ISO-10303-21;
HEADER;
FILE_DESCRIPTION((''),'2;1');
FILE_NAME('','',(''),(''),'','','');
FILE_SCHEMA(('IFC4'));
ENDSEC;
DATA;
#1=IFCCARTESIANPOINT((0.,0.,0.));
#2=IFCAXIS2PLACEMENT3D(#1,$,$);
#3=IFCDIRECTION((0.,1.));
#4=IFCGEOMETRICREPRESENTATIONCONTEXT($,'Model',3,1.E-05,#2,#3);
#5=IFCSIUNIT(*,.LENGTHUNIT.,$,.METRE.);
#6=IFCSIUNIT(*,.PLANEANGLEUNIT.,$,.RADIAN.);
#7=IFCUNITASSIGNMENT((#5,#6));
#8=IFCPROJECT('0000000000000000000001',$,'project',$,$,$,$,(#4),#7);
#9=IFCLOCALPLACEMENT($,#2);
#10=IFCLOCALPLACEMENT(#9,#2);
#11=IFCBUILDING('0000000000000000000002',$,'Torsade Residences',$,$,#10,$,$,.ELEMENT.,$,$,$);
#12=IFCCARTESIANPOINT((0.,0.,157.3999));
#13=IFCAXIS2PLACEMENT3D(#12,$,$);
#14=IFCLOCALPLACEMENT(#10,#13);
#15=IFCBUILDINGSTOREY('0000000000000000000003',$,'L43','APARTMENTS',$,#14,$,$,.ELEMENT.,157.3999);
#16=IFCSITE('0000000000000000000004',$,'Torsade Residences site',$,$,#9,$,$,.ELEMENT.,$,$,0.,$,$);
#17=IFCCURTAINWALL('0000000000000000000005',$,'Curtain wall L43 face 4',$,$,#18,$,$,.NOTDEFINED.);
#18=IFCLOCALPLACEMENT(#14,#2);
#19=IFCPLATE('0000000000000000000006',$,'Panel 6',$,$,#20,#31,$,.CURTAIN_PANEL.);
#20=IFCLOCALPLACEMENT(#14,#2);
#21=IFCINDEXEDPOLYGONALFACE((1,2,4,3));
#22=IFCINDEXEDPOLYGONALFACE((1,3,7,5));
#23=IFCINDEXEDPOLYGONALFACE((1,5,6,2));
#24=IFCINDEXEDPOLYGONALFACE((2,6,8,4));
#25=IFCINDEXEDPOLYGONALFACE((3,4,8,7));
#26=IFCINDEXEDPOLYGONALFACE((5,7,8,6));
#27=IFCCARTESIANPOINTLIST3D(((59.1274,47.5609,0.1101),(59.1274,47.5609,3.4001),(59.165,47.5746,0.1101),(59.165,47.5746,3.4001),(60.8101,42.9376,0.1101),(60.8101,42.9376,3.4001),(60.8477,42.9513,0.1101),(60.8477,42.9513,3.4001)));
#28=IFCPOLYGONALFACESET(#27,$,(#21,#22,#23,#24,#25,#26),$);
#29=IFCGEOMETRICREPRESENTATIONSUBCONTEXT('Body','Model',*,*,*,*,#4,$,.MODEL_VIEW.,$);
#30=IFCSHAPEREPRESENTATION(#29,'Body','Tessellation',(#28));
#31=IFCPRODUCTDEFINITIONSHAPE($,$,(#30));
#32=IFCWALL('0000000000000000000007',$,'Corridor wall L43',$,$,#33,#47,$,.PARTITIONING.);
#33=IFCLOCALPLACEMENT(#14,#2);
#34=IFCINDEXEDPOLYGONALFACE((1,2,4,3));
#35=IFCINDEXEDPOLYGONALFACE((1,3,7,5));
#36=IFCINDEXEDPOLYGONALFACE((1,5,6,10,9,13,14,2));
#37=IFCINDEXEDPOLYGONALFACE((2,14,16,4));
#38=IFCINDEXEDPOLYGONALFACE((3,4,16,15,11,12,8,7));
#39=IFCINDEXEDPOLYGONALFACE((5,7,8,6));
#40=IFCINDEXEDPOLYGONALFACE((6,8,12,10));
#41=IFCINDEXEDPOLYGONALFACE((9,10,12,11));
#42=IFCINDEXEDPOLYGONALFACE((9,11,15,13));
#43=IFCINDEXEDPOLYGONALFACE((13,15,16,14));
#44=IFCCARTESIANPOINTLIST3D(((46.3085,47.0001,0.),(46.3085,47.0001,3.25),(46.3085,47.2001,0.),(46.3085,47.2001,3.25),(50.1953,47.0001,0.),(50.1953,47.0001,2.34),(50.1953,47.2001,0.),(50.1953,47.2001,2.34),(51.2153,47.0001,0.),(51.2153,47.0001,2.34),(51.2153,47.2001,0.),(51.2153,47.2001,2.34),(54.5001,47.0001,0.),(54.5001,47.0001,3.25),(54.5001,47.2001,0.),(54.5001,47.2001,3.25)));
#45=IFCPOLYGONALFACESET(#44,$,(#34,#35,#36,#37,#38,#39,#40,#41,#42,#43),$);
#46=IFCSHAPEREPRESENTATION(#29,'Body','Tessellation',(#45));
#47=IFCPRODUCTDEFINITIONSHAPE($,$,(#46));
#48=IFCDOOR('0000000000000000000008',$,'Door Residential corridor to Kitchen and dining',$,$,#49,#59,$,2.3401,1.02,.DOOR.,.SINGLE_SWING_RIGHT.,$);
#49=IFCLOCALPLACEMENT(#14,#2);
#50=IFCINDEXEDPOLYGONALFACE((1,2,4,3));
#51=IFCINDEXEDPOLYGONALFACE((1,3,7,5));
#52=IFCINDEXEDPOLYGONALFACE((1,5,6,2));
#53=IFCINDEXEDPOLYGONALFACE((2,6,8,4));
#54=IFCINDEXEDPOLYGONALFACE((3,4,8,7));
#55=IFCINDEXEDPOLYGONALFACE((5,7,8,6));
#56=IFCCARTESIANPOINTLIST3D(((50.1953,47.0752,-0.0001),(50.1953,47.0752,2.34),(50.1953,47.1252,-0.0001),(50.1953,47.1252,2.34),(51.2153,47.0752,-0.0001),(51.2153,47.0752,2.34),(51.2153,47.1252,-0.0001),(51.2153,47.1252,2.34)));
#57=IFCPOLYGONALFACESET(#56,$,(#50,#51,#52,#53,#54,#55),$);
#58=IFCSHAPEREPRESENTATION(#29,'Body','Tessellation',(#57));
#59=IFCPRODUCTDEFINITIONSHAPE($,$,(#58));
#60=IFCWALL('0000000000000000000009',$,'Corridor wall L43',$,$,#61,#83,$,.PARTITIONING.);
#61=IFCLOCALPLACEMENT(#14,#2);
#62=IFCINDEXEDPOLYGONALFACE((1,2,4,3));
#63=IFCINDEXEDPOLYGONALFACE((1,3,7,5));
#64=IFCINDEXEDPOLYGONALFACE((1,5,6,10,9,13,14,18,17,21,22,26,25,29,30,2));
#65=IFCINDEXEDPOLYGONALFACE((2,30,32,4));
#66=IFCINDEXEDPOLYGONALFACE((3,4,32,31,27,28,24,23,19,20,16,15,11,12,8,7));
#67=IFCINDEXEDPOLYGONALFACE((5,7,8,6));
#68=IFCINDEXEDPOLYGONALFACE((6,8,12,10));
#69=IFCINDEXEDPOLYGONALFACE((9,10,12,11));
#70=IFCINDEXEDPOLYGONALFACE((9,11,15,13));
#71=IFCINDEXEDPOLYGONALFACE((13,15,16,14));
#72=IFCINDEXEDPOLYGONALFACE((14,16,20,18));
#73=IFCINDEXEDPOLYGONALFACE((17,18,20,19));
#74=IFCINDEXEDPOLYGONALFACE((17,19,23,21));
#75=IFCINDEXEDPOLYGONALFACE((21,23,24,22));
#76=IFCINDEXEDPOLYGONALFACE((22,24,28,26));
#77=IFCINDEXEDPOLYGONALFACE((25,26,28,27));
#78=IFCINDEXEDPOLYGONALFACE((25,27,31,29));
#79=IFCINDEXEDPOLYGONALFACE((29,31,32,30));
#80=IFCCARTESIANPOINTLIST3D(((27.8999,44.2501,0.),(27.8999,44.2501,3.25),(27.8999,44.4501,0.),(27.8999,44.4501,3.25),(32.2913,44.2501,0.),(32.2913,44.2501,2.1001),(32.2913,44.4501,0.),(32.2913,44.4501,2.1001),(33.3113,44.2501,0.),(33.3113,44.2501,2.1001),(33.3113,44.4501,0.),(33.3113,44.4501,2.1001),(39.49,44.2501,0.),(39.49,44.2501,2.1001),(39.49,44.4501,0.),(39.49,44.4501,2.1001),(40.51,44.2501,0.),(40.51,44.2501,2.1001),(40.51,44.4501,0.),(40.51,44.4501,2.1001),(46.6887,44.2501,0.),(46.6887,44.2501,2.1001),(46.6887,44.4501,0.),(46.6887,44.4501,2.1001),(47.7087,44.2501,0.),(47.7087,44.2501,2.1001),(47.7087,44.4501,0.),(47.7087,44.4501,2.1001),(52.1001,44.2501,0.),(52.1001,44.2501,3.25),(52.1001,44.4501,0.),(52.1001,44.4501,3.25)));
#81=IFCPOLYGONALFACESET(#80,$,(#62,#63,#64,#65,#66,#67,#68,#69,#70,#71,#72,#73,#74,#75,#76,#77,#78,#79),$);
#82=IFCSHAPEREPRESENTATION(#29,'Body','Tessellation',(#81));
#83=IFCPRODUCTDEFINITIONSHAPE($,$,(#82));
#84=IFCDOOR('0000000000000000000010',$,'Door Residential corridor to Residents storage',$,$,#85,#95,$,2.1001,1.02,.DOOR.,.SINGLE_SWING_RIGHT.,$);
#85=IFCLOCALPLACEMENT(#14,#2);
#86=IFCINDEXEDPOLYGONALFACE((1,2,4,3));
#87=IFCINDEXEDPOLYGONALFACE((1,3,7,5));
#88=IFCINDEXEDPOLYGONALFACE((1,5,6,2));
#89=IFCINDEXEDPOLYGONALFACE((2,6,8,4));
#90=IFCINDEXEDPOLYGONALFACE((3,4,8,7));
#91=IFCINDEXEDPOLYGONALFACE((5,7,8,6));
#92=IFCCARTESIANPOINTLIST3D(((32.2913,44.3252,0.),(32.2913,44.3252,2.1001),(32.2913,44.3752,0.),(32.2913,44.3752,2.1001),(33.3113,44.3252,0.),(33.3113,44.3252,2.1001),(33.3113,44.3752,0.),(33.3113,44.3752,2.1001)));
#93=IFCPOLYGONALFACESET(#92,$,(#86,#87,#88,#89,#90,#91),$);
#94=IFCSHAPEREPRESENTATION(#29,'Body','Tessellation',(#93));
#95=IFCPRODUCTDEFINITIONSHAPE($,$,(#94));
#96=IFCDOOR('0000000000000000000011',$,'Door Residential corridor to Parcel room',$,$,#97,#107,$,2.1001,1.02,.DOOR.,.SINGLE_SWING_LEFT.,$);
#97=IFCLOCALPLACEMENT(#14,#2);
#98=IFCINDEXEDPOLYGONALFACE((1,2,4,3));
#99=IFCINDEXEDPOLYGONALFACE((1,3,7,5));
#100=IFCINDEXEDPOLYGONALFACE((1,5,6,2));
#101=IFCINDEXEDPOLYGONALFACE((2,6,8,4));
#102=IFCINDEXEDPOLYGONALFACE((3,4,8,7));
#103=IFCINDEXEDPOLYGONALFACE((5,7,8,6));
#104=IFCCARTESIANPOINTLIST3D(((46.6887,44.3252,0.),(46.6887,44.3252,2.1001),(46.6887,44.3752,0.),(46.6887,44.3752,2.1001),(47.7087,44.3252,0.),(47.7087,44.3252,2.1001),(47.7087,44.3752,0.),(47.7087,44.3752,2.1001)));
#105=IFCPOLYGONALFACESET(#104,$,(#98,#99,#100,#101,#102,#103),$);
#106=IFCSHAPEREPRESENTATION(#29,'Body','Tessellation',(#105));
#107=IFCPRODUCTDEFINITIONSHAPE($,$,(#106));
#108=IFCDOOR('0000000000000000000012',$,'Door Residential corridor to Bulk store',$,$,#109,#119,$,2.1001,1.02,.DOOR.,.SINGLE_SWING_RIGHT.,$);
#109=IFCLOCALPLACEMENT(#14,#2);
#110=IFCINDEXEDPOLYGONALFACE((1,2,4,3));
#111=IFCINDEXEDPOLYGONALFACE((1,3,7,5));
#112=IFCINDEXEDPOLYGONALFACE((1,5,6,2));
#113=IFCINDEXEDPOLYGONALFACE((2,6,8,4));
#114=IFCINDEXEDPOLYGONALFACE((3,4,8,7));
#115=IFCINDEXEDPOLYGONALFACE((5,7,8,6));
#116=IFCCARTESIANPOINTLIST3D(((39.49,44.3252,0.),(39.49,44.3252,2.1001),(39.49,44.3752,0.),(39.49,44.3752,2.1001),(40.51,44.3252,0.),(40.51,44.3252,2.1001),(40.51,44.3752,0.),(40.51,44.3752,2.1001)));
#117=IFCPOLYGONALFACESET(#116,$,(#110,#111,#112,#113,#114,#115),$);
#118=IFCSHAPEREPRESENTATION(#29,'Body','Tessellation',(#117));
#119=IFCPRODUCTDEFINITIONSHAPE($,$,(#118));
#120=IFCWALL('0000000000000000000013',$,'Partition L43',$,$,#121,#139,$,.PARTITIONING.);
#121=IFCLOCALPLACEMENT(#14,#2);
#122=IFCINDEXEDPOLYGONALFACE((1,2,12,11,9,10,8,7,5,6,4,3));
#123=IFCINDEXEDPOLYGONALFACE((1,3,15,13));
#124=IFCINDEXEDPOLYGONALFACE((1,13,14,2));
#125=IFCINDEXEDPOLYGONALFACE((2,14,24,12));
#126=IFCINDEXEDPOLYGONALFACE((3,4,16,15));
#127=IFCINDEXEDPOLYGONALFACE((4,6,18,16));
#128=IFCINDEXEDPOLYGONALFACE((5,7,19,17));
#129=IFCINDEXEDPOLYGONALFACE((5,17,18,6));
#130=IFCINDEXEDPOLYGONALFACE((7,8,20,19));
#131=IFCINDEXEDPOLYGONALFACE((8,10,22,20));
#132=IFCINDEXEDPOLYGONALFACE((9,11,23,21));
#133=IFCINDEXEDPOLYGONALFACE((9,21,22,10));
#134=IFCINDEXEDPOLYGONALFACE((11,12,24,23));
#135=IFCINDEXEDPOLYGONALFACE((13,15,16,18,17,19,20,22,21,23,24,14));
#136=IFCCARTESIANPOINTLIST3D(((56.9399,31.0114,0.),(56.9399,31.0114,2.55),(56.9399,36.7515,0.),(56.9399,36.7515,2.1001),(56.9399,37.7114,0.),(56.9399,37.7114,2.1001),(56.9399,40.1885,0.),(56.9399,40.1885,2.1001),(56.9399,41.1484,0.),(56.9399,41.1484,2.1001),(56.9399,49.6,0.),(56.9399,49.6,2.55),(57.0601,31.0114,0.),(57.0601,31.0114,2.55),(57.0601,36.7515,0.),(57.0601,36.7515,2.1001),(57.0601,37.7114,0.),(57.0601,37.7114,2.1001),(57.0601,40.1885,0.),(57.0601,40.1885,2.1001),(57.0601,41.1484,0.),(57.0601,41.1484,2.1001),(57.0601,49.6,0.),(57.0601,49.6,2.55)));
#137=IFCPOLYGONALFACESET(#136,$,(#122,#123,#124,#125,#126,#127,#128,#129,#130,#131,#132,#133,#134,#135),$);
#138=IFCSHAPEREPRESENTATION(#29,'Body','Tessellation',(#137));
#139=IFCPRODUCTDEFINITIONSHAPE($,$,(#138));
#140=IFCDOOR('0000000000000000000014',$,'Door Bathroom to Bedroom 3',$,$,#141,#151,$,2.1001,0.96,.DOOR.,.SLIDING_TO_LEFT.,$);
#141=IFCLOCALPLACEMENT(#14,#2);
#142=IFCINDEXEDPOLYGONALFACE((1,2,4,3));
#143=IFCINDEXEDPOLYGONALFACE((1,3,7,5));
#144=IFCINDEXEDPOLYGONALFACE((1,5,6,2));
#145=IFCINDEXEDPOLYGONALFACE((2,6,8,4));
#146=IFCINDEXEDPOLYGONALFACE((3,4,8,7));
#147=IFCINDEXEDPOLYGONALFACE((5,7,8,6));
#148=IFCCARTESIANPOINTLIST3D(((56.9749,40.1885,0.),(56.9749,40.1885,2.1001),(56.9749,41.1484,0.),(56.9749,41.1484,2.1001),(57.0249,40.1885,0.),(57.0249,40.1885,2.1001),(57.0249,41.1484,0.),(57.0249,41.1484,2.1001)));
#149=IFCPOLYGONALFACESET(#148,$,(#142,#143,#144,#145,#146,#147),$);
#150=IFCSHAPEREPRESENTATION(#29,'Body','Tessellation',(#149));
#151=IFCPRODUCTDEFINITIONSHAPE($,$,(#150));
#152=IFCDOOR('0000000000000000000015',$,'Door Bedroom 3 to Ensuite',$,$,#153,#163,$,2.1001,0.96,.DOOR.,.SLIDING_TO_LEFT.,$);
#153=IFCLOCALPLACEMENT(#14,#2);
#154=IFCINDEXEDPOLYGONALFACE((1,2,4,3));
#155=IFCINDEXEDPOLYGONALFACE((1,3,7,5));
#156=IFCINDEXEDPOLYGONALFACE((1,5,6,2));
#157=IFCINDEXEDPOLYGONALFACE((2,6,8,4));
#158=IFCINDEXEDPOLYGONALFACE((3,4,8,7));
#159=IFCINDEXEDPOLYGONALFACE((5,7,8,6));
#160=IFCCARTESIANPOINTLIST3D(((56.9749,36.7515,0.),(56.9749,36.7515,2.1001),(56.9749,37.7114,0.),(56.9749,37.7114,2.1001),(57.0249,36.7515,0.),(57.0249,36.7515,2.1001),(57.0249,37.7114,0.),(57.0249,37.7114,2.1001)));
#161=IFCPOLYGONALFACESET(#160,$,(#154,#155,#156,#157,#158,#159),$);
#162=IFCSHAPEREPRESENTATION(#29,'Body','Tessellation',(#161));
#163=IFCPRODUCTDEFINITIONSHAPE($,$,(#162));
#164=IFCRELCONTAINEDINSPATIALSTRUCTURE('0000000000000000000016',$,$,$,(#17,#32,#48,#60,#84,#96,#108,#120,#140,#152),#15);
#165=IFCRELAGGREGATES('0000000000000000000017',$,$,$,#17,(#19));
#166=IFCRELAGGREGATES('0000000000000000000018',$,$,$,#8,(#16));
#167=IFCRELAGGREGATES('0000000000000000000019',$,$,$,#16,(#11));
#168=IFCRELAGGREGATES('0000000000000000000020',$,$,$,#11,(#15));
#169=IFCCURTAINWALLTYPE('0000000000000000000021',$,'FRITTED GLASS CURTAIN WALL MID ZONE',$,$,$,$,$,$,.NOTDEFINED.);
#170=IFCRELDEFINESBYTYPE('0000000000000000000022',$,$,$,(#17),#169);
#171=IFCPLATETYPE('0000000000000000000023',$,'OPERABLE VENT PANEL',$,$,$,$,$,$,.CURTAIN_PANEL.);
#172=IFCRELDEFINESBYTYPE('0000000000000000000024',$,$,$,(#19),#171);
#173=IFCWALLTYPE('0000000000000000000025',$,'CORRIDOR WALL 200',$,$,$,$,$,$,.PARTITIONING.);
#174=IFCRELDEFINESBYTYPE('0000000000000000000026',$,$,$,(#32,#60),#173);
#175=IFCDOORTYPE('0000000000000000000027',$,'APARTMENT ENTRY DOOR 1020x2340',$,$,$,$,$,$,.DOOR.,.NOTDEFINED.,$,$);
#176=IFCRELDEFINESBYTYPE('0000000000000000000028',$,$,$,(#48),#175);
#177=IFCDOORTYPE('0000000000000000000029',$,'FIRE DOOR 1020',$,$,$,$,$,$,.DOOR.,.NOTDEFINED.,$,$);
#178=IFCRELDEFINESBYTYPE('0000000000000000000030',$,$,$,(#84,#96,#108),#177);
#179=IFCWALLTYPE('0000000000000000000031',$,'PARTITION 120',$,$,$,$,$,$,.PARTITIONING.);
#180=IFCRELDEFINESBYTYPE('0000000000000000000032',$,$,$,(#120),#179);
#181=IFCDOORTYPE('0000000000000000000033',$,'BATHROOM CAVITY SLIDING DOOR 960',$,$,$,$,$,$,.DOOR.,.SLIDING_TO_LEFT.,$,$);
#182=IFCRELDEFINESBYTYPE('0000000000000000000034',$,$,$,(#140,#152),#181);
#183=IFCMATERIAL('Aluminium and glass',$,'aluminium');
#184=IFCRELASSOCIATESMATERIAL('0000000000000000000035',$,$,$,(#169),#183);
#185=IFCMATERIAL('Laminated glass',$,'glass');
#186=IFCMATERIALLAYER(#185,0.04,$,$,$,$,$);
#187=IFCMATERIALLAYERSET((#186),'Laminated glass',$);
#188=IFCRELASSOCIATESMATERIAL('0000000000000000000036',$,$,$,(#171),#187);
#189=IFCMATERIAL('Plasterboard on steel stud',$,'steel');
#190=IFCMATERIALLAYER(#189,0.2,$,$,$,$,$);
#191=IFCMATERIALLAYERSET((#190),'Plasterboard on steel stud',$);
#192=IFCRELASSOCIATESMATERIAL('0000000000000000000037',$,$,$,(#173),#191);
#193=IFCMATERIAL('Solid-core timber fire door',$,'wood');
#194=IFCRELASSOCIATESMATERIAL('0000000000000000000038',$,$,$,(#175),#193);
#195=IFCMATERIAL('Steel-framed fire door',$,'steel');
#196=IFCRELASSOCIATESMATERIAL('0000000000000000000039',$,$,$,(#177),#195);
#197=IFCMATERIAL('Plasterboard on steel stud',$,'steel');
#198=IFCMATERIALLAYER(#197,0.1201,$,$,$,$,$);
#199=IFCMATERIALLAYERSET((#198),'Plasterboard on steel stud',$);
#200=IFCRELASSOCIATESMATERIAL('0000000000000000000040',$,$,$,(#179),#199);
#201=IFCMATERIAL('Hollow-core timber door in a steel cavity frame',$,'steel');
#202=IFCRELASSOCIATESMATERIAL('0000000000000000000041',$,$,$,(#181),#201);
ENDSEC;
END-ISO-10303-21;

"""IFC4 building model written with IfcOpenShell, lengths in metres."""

from ifc_helpers import new_model, si_unit, direction, frame, frame_2d, origin, origin_2d, place, context, subcontext, project, spatial, rectangle, extrude, material, layer, layer_set, type_object, element, fill, aggregate, save


model = new_model("IFC4")

# Units and contexts
model_context = context("Model", 3, precision=1e-05, world=origin(), true_north=direction((0.0, 1.0)))
body_context = subcontext(model_context, "Body", "Model", "MODEL_VIEW")
ifc_project = project(units=[si_unit("LENGTHUNIT", "METRE"), si_unit("PLANEANGLEUNIT", "RADIAN")], contexts=[model_context])

# Site, building, storey
site_placement = place(None, origin())
site = spatial("IfcSite", under=ifc_project, at=site_placement, Name="Torsade Residences site", CompositionType="ELEMENT", RefElevation=0.0)
building_placement = place(site_placement, origin())
building = spatial("IfcBuilding", under=site, at=building_placement, Name="Torsade Residences", CompositionType="ELEMENT")
storey_placement = place(building_placement, frame((0.0, 0.0, 157.3999)))
storey = spatial("IfcBuildingStorey", under=building, at=storey_placement, Name="L43", Description="APARTMENTS", CompositionType="ELEMENT", Elevation=157.3999)

# Curtain wall
ifc_material_1 = material(Name="Aluminium and glass", Category="aluminium")
curtain_wall_type = type_object("IfcCurtainWallType", Name="FRITTED GLASS CURTAIN WALL MID ZONE", PredefinedType="NOTDEFINED", material=ifc_material_1)
curtain_wall_placement = place(storey_placement, origin())
curtain_wall = element("IfcCurtainWall", 1, at=curtain_wall_placement, inside=storey, type_object=curtain_wall_type, Name="Curtain wall L43 face 4", PredefinedType="NOTDEFINED")

# Plate
ifc_material_2 = material(Name="Laminated glass", Category="glass")
ifc_layer_1 = layer(ifc_material_2, 0.04)
ifc_layer_set_1 = layer_set([ifc_layer_1], Name="Laminated glass")
plate_type_1 = type_object("IfcPlateType", Name="OPERABLE VENT PANEL", PredefinedType="CURTAIN_PANEL", material=ifc_layer_set_1)
plate_1_placement = place(storey_placement, frame((59.9875, 45.2561, 0.1101), z_axis=(0.0, 0.0, 1.0), x_axis=(-0.34202, 0.939693, 0.0)))
plate_1 = element("IfcPlate", 2, at=plate_1_placement, type_object=plate_type_1, Name="Panel 6", PredefinedType="CURTAIN_PANEL", context=body_context, shape_type="SweptSolid", body=[
    extrude(rectangle(XDim=4.9199, YDim=0.04, at=origin_2d()), origin(), (0.0, 0.0, 1.0), 3.29),
])
aggregate(curtain_wall, [plate_1])

# Wall, opening, door
ifc_material_3 = material(Name="Plasterboard on steel stud", Category="steel")
ifc_layer_2 = layer(ifc_material_3, 0.2)
ifc_layer_set_2 = layer_set([ifc_layer_2], Name="Plasterboard on steel stud")
wall_type_1 = type_object("IfcWallType", Name="CORRIDOR WALL 200", PredefinedType="PARTITIONING", material=ifc_layer_set_2)
wall_1_placement = place(storey_placement, frame((54.5, 47.1001, 0.0), z_axis=(0.0, 0.0, 1.0), x_axis=(-1.0, 0.0, 0.0)))
wall_1 = element("IfcWall", 3, at=wall_1_placement, inside=storey, type_object=wall_type_1, Name="Corridor wall L43", PredefinedType="PARTITIONING", context=body_context, shape_type="SweptSolid", body=[
    extrude(rectangle(XDim=8.1917, YDim=0.2, at=frame_2d((4.0957, 0.0))), origin(), (0.0, 0.0, 1.0), 3.25),
])
opening_1_placement = place(wall_1_placement, frame((3.2847, 0.0, 0.0)))
opening_1 = element("IfcOpeningElement", 4, at=opening_1_placement, cuts=wall_1, PredefinedType="OPENING", context=body_context, shape_type="SweptSolid", body=[
    extrude(rectangle(XDim=1.02, YDim=2.3401, at=frame_2d((0.51, 1.1699))), frame((0.0, 0.1099, 0.0), z_axis=(0.0, -1.0, 0.0), x_axis=(1.0, 0.0, 0.0)), (0.0, 0.0, 1.0), 0.22),
])
ifc_material_4 = material(Name="Solid-core timber fire door", Category="wood")
door_type_1 = type_object("IfcDoorType", Name="APARTMENT ENTRY DOOR 1020x2340", OperationType="NOTDEFINED", PredefinedType="DOOR", material=ifc_material_4)
door_1_placement = place(opening_1_placement, origin())
door_1 = element("IfcDoor", 5, at=door_1_placement, inside=storey, type_object=door_type_1, Name="Door Residential corridor to Kitchen and dining", OperationType="SINGLE_SWING_RIGHT", OverallHeight=2.3401, OverallWidth=1.02, PredefinedType="DOOR", context=body_context, shape_type="SweptSolid", body=[
    extrude(rectangle(XDim=1.02, YDim=2.3401, at=frame_2d((0.51, 1.1699))), frame((0.0, 0.0249, 0.0), z_axis=(0.0, -1.0, 0.0), x_axis=(1.0, 0.0, 0.0)), (0.0, 0.0, 1.0), 0.05),
])
fill(opening_1, door_1)

# Walls, openings, doors
wall_2_placement = place(storey_placement, frame((52.1001, 44.3501, 0.0), z_axis=(0.0, 0.0, 1.0), x_axis=(-1.0, 0.0, 0.0)))
wall_2 = element("IfcWall", 6, at=wall_2_placement, inside=storey, type_object=wall_type_1, Name="Corridor wall L43", PredefinedType="PARTITIONING", context=body_context, shape_type="SweptSolid", body=[
    extrude(rectangle(XDim=24.2002, YDim=0.2, at=frame_2d((12.1001, 0.0))), origin(), (0.0, 0.0, 1.0), 3.25),
])
opening_2_placement = place(wall_2_placement, frame((18.7888, 0.0, 0.0)))
opening_2 = element("IfcOpeningElement", 7, at=opening_2_placement, cuts=wall_2, PredefinedType="OPENING", context=body_context, shape_type="SweptSolid", body=[
    extrude(rectangle(XDim=1.02, YDim=2.1001, at=frame_2d((0.51, 1.05))), frame((0.0, 0.1099, 0.0), z_axis=(0.0, -1.0, 0.0), x_axis=(1.0, 0.0, 0.0)), (0.0, 0.0, 1.0), 0.22),
])
opening_3_placement = place(wall_2_placement, frame((4.3914, 0.0, 0.0)))
opening_3 = element("IfcOpeningElement", 8, at=opening_3_placement, cuts=wall_2, PredefinedType="OPENING", context=body_context, shape_type="SweptSolid", body=[
    extrude(rectangle(XDim=1.02, YDim=2.1001, at=frame_2d((0.51, 1.05))), frame((0.0, 0.1099, 0.0), z_axis=(0.0, -1.0, 0.0), x_axis=(1.0, 0.0, 0.0)), (0.0, 0.0, 1.0), 0.22),
])
opening_4_placement = place(wall_2_placement, frame((11.5901, 0.0, 0.0)))
opening_4 = element("IfcOpeningElement", 9, at=opening_4_placement, cuts=wall_2, PredefinedType="OPENING", context=body_context, shape_type="SweptSolid", body=[
    extrude(rectangle(XDim=1.02, YDim=2.1001, at=frame_2d((0.51, 1.05))), frame((0.0, 0.1099, 0.0), z_axis=(0.0, -1.0, 0.0), x_axis=(1.0, 0.0, 0.0)), (0.0, 0.0, 1.0), 0.22),
])
ifc_material_5 = material(Name="Steel-framed fire door", Category="steel")
door_type_2 = type_object("IfcDoorType", Name="FIRE DOOR 1020", OperationType="NOTDEFINED", PredefinedType="DOOR", material=ifc_material_5)
door_2_placement = place(opening_2_placement, origin())
door_2 = element("IfcDoor", 10, at=door_2_placement, inside=storey, type_object=door_type_2, Name="Door Residential corridor to Residents storage", OperationType="SINGLE_SWING_RIGHT", OverallHeight=2.1001, OverallWidth=1.02, PredefinedType="DOOR", context=body_context, shape_type="SweptSolid", body=[
    extrude(rectangle(XDim=1.02, YDim=2.1001, at=frame_2d((0.51, 1.05))), frame((0.0, 0.0249, 0.0), z_axis=(0.0, -1.0, 0.0), x_axis=(1.0, 0.0, 0.0)), (0.0, 0.0, 1.0), 0.05),
])
fill(opening_2, door_2)
door_3_placement = place(opening_3_placement, origin())
door_3 = element("IfcDoor", 11, at=door_3_placement, inside=storey, type_object=door_type_2, Name="Door Residential corridor to Parcel room", OperationType="SINGLE_SWING_LEFT", OverallHeight=2.1001, OverallWidth=1.02, PredefinedType="DOOR", context=body_context, shape_type="SweptSolid", body=[
    extrude(rectangle(XDim=1.02, YDim=2.1001, at=frame_2d((0.51, 1.05))), frame((0.0, 0.0249, 0.0), z_axis=(0.0, -1.0, 0.0), x_axis=(1.0, 0.0, 0.0)), (0.0, 0.0, 1.0), 0.05),
])
fill(opening_3, door_3)
door_4_placement = place(opening_4_placement, origin())
door_4 = element("IfcDoor", 12, at=door_4_placement, inside=storey, type_object=door_type_2, Name="Door Residential corridor to Bulk store", OperationType="SINGLE_SWING_RIGHT", OverallHeight=2.1001, OverallWidth=1.02, PredefinedType="DOOR", context=body_context, shape_type="SweptSolid", body=[
    extrude(rectangle(XDim=1.02, YDim=2.1001, at=frame_2d((0.51, 1.05))), frame((0.0, 0.0249, 0.0), z_axis=(0.0, -1.0, 0.0), x_axis=(1.0, 0.0, 0.0)), (0.0, 0.0, 1.0), 0.05),
])
fill(opening_4, door_4)
ifc_material_6 = material(Name="Plasterboard on steel stud", Category="steel")
ifc_layer_3 = layer(ifc_material_6, 0.1201)
ifc_layer_set_3 = layer_set([ifc_layer_3], Name="Plasterboard on steel stud")
wall_type_2 = type_object("IfcWallType", Name="PARTITION 120", PredefinedType="PARTITIONING", material=ifc_layer_set_3)
wall_3_placement = place(storey_placement, frame((57.0, 49.6001, 0.0), z_axis=(0.0, 0.0, 1.0), x_axis=(0.0, -1.0, 0.0)))
wall_3 = element("IfcWall", 13, at=wall_3_placement, inside=storey, type_object=wall_type_2, Name="Partition L43", PredefinedType="PARTITIONING", context=body_context, shape_type="SweptSolid", body=[
    extrude(rectangle(XDim=18.5886, YDim=0.1201, at=frame_2d((9.2944, 0.0))), origin(), (0.0, 0.0, 1.0), 2.55),
])
opening_5_placement = place(wall_3_placement, frame((8.4517, 0.0, 0.0)))
opening_5 = element("IfcOpeningElement", 14, at=opening_5_placement, cuts=wall_3, PredefinedType="OPENING", context=body_context, shape_type="SweptSolid", body=[
    extrude(rectangle(XDim=0.96, YDim=2.1001, at=frame_2d((0.48, 1.05))), frame((0.0, 0.0701, 0.0), z_axis=(0.0, -1.0, 0.0), x_axis=(1.0, 0.0, 0.0)), (0.0, 0.0, 1.0), 0.1401),
])
opening_6_placement = place(wall_3_placement, frame((11.8887, 0.0, 0.0)))
opening_6 = element("IfcOpeningElement", 15, at=opening_6_placement, cuts=wall_3, PredefinedType="OPENING", context=body_context, shape_type="SweptSolid", body=[
    extrude(rectangle(XDim=0.96, YDim=2.1001, at=frame_2d((0.48, 1.05))), frame((0.0, 0.0701, 0.0), z_axis=(0.0, -1.0, 0.0), x_axis=(1.0, 0.0, 0.0)), (0.0, 0.0, 1.0), 0.1401),
])
ifc_material_7 = material(Name="Hollow-core timber door in a steel cavity frame", Category="steel")
door_type_3 = type_object("IfcDoorType", Name="BATHROOM CAVITY SLIDING DOOR 960", OperationType="SLIDING_TO_LEFT", PredefinedType="DOOR", material=ifc_material_7)
door_5_placement = place(opening_5_placement, origin())
door_5 = element("IfcDoor", 16, at=door_5_placement, inside=storey, type_object=door_type_3, Name="Door Bathroom to Bedroom 3", OperationType="SLIDING_TO_LEFT", OverallHeight=2.1001, OverallWidth=0.96, PredefinedType="DOOR", context=body_context, shape_type="SweptSolid", body=[
    extrude(rectangle(XDim=0.96, YDim=2.1001, at=frame_2d((0.48, 1.05))), frame((0.0, 0.0249, 0.0), z_axis=(0.0, -1.0, 0.0), x_axis=(1.0, 0.0, 0.0)), (0.0, 0.0, 1.0), 0.05),
])
fill(opening_5, door_5)
door_6_placement = place(opening_6_placement, origin())
door_6 = element("IfcDoor", 17, at=door_6_placement, inside=storey, type_object=door_type_3, Name="Door Bedroom 3 to Ensuite", OperationType="SLIDING_TO_LEFT", OverallHeight=2.1001, OverallWidth=0.96, PredefinedType="DOOR", context=body_context, shape_type="SweptSolid", body=[
    extrude(rectangle(XDim=0.96, YDim=2.1001, at=frame_2d((0.48, 1.05))), frame((0.0, 0.0249, 0.0), z_axis=(0.0, -1.0, 0.0), x_axis=(1.0, 0.0, 0.0)), (0.0, 0.0, 1.0), 0.05),
])
fill(opening_6, door_6)

save(model, "model.ifc")
